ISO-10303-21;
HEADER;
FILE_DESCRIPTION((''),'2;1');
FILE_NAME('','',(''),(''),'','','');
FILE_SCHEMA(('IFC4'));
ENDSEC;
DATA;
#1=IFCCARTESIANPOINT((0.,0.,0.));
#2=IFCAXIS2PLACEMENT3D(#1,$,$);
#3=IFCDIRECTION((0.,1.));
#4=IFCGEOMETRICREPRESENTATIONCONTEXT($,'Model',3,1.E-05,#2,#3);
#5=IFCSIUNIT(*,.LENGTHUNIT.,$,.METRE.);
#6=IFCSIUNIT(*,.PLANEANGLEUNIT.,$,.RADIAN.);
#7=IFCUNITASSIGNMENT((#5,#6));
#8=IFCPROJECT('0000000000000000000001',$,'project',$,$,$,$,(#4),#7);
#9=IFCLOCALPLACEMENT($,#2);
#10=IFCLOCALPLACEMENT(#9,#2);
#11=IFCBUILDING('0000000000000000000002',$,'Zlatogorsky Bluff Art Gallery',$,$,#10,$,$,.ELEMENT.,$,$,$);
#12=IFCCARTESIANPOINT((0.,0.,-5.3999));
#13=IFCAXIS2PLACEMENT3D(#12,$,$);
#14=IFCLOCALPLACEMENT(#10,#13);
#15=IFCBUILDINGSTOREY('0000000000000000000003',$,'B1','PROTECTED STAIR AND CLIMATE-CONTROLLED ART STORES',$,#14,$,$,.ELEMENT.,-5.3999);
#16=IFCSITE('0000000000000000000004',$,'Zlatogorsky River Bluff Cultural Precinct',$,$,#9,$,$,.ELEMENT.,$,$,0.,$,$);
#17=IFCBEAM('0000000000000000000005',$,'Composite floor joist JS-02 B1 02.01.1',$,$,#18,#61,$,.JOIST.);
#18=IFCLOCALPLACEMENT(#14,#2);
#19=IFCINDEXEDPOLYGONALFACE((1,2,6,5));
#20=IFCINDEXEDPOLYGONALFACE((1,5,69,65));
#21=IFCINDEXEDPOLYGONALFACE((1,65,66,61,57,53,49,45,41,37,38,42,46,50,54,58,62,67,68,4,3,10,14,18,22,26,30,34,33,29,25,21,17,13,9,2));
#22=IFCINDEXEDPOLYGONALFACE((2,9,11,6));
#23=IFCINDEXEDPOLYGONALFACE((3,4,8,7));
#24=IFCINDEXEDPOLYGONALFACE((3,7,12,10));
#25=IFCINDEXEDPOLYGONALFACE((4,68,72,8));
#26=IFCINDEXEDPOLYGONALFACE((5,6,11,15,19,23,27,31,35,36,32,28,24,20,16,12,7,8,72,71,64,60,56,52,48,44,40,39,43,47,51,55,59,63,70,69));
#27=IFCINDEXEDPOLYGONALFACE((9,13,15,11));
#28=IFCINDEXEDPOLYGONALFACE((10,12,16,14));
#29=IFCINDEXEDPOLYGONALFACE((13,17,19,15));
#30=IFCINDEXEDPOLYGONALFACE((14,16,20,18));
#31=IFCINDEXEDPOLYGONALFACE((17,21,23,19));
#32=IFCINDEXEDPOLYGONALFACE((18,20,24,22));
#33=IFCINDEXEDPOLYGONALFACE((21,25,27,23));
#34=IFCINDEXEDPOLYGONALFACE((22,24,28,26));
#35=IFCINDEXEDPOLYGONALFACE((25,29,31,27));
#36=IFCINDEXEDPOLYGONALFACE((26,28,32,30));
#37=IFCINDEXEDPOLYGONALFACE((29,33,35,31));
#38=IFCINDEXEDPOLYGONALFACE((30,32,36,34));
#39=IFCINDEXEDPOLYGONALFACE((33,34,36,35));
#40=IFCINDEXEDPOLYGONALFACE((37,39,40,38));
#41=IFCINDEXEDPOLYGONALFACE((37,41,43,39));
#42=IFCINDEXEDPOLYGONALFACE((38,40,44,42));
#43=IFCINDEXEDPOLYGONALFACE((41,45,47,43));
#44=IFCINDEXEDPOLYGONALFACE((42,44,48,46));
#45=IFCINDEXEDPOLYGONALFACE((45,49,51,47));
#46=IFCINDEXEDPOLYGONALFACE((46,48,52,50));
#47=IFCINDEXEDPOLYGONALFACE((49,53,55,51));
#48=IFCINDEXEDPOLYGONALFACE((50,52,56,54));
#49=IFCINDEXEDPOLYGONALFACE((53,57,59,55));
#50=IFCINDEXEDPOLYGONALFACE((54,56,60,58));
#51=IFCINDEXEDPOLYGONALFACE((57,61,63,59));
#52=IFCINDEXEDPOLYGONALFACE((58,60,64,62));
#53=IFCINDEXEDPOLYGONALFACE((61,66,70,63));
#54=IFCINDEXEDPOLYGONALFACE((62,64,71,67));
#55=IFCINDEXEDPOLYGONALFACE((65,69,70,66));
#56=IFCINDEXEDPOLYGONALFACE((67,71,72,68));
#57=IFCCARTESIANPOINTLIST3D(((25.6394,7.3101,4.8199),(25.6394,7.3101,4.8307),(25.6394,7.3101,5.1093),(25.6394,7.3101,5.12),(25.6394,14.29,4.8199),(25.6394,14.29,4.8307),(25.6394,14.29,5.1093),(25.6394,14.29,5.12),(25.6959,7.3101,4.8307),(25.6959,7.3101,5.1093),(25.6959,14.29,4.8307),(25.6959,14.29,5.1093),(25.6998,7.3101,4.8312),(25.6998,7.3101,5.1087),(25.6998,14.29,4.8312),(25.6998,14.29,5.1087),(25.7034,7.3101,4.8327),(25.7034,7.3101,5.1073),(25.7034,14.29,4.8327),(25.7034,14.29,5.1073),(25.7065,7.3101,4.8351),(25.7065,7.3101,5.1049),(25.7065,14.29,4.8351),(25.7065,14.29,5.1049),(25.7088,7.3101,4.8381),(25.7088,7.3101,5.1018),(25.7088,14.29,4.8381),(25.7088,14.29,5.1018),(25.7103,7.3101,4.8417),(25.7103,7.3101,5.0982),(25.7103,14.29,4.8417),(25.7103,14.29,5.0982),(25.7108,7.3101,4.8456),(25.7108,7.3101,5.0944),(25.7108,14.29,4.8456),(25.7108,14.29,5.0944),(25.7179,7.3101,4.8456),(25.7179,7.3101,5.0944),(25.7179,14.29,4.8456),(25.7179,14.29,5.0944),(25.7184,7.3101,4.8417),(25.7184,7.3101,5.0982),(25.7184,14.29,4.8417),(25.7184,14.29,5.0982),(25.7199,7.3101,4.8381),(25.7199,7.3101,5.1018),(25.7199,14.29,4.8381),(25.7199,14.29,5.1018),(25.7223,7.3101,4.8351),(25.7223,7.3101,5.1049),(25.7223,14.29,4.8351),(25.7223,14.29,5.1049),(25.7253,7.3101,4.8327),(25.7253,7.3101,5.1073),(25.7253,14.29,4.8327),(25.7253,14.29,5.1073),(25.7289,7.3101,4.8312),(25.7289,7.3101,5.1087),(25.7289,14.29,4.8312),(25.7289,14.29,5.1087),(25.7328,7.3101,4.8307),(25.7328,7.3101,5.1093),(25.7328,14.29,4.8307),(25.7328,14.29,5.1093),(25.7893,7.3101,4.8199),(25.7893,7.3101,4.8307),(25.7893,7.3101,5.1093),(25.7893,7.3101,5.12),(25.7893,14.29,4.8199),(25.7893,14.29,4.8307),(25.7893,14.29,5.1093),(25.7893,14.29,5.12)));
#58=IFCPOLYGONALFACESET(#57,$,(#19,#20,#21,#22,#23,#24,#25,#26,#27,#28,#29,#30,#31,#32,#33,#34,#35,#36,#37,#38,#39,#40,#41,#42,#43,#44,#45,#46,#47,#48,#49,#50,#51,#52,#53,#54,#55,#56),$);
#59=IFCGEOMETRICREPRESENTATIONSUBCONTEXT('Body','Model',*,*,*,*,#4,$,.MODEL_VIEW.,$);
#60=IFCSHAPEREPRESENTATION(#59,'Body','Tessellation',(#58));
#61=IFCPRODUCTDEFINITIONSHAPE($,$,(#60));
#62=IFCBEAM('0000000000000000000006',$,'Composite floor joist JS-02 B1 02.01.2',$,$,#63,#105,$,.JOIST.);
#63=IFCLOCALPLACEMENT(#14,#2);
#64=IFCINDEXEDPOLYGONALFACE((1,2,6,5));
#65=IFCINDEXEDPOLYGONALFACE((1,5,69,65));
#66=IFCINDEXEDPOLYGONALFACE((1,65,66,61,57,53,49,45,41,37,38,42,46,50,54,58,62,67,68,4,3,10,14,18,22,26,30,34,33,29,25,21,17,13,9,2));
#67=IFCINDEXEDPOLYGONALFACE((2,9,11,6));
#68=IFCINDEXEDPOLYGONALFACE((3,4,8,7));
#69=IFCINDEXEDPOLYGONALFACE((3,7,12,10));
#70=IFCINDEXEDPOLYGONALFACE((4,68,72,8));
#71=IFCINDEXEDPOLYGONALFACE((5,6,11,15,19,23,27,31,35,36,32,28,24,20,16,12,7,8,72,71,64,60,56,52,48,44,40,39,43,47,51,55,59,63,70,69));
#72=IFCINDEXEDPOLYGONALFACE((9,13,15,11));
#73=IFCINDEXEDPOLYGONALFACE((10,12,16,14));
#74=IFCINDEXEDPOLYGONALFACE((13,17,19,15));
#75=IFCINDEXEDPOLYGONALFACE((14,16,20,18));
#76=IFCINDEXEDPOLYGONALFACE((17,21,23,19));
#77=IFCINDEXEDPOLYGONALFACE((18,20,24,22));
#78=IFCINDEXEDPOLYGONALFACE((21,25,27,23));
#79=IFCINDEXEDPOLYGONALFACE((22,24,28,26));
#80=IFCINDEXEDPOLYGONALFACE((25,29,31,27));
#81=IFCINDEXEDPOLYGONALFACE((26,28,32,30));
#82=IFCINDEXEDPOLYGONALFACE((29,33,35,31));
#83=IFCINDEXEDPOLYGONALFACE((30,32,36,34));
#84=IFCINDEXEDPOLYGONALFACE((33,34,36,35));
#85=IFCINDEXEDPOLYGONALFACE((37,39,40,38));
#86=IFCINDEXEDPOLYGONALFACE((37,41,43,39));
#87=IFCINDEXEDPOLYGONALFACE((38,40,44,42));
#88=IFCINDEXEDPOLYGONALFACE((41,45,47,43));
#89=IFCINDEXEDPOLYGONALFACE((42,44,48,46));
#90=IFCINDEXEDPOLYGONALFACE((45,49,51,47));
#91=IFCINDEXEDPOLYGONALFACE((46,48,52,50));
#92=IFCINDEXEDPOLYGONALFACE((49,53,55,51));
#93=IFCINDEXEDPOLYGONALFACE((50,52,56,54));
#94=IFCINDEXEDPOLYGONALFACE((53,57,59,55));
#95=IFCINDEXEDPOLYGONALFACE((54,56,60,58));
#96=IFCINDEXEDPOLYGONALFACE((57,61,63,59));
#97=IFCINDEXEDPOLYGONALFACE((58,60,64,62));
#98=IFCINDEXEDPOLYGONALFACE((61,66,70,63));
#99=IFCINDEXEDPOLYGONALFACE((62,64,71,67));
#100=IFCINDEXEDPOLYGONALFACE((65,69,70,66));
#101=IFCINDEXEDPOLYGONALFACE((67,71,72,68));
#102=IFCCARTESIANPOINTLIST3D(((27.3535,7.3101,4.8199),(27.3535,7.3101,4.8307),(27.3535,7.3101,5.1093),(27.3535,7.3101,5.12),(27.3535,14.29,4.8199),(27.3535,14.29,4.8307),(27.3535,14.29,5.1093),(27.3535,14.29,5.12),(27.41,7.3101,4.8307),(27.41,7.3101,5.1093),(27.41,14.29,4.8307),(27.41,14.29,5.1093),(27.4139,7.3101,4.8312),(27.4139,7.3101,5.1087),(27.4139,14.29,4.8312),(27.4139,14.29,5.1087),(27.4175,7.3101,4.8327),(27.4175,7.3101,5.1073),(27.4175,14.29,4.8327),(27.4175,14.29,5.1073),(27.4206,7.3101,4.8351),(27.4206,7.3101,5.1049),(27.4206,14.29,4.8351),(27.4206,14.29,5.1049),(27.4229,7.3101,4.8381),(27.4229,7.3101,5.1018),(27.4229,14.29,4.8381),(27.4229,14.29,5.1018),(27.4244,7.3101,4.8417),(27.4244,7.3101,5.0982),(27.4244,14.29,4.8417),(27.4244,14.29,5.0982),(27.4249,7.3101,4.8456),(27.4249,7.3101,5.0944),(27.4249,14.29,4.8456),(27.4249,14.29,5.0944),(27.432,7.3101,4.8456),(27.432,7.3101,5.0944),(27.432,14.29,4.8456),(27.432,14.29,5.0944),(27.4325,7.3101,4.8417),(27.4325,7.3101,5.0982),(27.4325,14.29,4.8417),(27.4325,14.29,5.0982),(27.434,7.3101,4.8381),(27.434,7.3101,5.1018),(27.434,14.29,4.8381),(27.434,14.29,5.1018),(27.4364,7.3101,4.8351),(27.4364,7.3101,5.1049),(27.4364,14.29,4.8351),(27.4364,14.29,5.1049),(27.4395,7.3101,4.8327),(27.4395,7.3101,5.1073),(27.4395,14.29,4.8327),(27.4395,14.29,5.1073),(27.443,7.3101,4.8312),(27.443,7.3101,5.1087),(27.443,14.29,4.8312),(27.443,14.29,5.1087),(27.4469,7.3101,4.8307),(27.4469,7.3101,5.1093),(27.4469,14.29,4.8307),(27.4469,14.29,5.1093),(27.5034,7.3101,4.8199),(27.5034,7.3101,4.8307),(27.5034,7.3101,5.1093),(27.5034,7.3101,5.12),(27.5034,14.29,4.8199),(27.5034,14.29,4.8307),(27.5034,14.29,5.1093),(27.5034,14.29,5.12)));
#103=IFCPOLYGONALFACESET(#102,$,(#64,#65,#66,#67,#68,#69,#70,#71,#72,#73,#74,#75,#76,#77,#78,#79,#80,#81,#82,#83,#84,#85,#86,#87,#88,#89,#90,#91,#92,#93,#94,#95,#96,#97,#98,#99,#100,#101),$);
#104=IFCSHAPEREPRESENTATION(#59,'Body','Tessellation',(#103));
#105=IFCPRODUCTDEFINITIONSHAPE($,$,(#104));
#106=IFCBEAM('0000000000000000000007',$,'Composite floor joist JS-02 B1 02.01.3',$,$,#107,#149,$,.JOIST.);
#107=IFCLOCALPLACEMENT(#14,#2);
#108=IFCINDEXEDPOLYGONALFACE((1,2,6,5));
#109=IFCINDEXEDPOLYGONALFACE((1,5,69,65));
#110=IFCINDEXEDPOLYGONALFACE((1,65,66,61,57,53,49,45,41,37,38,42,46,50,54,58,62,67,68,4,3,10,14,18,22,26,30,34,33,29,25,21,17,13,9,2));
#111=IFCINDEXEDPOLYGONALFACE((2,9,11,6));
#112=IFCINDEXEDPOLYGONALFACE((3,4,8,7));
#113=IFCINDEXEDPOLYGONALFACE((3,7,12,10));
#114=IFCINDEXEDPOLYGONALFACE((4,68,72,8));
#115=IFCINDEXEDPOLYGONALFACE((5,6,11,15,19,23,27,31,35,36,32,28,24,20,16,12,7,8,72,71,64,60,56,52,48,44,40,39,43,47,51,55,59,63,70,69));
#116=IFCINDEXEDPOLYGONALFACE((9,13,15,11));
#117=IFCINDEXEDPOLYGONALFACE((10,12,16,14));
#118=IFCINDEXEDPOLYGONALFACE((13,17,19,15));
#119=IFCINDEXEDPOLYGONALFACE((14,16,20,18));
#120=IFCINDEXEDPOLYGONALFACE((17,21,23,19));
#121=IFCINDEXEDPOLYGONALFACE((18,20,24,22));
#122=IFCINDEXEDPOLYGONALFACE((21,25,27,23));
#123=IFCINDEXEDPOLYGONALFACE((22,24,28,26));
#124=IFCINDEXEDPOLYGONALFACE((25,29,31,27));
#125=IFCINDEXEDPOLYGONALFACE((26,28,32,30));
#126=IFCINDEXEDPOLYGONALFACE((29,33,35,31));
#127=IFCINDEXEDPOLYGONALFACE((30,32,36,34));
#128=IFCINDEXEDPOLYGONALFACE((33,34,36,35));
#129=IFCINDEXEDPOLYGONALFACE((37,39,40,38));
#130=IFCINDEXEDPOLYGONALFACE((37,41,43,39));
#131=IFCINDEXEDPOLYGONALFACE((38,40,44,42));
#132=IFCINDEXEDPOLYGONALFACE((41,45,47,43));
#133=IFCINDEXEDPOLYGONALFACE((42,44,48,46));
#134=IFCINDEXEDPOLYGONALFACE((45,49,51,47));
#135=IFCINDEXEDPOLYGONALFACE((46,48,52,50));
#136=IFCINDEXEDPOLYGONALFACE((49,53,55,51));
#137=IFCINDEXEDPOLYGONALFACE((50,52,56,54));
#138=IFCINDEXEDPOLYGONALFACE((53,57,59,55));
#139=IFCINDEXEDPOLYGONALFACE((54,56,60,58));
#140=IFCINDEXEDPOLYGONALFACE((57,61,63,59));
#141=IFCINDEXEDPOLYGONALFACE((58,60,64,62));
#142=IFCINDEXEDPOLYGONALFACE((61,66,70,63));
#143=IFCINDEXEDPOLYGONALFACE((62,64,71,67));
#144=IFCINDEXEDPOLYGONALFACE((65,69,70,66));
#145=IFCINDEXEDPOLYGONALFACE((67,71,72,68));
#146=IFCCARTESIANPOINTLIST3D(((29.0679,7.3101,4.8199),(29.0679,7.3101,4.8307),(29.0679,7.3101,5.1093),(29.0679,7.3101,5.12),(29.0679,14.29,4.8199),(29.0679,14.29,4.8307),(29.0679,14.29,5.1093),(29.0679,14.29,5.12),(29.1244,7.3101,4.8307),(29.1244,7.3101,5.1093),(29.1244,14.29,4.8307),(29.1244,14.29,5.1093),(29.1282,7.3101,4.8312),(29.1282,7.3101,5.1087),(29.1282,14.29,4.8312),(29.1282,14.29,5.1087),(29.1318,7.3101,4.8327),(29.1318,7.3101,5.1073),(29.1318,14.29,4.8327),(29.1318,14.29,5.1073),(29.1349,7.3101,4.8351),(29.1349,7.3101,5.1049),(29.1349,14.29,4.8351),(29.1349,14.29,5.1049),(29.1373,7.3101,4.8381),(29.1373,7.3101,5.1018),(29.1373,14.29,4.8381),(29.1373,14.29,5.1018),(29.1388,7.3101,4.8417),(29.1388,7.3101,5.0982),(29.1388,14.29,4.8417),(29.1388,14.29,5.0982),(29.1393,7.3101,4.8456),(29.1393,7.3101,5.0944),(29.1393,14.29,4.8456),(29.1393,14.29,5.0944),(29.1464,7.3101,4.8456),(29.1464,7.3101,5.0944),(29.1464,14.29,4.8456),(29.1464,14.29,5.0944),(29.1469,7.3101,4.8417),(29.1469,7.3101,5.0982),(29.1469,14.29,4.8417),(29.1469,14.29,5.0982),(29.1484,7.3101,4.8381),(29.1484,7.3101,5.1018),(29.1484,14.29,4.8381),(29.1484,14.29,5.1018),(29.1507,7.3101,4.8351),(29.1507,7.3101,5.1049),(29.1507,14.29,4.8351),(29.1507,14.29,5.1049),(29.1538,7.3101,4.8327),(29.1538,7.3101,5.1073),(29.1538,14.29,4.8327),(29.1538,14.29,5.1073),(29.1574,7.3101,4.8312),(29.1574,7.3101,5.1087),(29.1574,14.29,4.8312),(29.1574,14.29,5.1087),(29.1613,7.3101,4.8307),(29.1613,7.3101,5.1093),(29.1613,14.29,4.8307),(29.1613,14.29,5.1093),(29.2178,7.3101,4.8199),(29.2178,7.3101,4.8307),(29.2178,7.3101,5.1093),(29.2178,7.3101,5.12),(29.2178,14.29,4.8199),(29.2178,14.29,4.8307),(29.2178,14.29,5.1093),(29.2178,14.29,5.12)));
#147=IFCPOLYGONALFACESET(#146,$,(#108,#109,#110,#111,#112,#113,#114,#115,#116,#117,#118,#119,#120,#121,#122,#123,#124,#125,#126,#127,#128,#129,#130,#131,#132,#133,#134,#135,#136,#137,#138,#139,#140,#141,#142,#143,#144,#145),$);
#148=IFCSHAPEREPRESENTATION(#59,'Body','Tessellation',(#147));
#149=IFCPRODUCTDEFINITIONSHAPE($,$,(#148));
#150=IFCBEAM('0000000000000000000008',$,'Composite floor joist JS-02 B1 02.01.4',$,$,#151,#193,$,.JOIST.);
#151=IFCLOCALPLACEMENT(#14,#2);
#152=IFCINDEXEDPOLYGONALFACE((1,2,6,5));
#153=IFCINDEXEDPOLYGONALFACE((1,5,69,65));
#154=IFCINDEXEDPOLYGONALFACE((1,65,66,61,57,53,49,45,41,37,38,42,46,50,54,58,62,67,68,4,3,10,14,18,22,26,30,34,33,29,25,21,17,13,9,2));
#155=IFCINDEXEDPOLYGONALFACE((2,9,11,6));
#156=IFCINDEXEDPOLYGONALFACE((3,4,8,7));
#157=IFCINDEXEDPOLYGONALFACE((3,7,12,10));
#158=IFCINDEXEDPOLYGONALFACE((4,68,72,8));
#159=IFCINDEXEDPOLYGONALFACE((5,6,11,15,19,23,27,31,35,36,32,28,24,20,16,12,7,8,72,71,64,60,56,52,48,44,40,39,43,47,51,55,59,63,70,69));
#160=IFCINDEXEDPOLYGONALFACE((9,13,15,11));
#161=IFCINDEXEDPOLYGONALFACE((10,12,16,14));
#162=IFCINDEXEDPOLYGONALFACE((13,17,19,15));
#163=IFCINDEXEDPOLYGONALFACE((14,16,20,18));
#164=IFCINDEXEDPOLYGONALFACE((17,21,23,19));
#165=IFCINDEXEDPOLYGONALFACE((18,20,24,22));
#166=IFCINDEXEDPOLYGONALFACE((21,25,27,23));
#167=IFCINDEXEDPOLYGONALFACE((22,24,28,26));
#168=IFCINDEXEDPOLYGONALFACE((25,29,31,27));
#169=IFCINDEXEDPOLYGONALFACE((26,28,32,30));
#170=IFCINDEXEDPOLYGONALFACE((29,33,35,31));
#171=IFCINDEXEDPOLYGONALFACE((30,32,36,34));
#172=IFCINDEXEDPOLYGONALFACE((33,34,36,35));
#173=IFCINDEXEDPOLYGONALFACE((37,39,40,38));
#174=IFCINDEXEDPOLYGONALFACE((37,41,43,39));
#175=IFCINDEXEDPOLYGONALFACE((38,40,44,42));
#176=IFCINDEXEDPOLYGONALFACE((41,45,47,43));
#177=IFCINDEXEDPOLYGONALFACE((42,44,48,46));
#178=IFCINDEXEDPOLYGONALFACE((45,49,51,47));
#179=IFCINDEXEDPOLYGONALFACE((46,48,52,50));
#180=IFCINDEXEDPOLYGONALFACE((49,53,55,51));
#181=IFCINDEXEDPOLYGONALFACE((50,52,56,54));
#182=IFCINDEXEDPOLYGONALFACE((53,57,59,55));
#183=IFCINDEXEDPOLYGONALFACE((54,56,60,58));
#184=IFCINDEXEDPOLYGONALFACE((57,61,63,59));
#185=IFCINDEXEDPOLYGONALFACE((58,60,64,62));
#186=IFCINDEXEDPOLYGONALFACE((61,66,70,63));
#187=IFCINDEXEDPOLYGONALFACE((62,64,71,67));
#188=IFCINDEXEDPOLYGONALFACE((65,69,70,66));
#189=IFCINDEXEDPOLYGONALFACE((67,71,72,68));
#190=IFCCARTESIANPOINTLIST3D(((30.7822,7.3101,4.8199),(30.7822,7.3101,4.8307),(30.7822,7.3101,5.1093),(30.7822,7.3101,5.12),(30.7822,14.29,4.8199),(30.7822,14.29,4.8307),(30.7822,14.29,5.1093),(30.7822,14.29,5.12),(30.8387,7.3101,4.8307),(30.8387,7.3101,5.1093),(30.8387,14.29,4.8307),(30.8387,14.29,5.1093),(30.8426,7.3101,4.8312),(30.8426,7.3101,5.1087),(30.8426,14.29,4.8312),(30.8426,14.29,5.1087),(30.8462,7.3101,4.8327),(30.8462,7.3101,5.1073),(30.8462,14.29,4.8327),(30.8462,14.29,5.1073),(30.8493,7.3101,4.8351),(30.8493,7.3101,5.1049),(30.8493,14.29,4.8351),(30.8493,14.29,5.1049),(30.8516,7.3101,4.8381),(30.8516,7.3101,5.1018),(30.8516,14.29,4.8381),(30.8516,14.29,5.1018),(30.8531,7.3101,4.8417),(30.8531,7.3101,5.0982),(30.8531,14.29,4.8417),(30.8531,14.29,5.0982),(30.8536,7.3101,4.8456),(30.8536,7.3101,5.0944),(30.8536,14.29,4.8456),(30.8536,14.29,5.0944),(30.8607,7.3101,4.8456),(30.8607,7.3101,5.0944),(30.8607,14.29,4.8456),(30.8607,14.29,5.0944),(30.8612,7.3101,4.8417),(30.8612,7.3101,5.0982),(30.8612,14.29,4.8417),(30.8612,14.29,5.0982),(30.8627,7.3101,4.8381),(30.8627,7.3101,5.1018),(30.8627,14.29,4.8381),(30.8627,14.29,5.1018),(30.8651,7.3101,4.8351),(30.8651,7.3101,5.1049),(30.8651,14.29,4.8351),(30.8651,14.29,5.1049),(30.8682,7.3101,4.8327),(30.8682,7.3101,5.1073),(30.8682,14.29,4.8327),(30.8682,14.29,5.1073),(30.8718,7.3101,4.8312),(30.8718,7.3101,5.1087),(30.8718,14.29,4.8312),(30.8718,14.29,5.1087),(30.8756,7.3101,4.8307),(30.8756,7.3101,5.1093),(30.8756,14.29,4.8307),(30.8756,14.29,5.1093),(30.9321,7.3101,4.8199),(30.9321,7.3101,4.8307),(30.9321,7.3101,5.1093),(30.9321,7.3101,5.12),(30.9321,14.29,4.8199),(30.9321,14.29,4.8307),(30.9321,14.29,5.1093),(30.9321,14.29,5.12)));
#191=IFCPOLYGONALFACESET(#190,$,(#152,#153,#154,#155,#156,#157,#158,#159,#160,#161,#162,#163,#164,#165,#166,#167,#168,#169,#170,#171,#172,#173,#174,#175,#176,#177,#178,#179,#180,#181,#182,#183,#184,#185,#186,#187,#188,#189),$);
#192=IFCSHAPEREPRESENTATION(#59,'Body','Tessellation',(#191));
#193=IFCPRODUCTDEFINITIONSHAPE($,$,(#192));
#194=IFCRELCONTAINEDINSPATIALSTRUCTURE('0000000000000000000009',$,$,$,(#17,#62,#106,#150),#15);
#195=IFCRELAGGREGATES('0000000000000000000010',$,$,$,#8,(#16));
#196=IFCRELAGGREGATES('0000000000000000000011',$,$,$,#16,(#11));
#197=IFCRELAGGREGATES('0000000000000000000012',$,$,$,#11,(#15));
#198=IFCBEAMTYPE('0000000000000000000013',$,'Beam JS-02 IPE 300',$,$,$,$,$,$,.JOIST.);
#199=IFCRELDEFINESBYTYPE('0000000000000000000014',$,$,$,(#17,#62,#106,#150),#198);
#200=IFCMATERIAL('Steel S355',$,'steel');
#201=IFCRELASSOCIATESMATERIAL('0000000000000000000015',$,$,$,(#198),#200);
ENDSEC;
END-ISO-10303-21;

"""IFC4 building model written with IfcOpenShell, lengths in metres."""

from ifc_helpers import new_model, si_unit, direction, frame, origin, origin_2d, place, context, subcontext, project, spatial, i_section, extrude, material, material_profile, profile_set, type_object, element, save


model = new_model("IFC4")

# Units and contexts
model_context = context("Model", 3, precision=1e-05, world=origin(), true_north=direction((0.0, 1.0)))
body_context = subcontext(model_context, "Body", "Model", "MODEL_VIEW")
ifc_project = project(units=[si_unit("LENGTHUNIT", "METRE"), si_unit("PLANEANGLEUNIT", "RADIAN")], contexts=[model_context])

# Site, building, storey
site_placement = place(None, origin())
site = spatial("IfcSite", under=ifc_project, at=site_placement, Name="Zlatogorsky River Bluff Cultural Precinct", CompositionType="ELEMENT", RefElevation=0.0)
building_placement = place(site_placement, origin())
building = spatial("IfcBuilding", under=site, at=building_placement, Name="Zlatogorsky Bluff Art Gallery", CompositionType="ELEMENT")
storey_placement = place(building_placement, frame((0.0, 0.0, -5.3999)))
storey = spatial("IfcBuildingStorey", under=building, at=storey_placement, Name="B1", Description="PROTECTED STAIR AND CLIMATE-CONTROLLED ART STORES", CompositionType="ELEMENT", Elevation=-5.3999)

# Beams
ifc_material_1 = material(Name="Steel S355", Category="steel")
ifc_material_profile_1 = material_profile(ifc_material_1, i_section(OverallWidth=0.1499, OverallDepth=0.3, WebThickness=0.0071, FlangeThickness=0.0107, FilletRadius=0.0149, at=origin_2d()), Name="IPE 300")
ifc_profile_set_1 = profile_set([ifc_material_profile_1], Name="Steel S355")
beam_type_1 = type_object("IfcBeamType", Name="Beam JS-02 IPE 300", PredefinedType="JOIST", material=ifc_profile_set_1)
for number, where, z_axis, x_axis, name in (
    (1, (25.7144, 7.3101, 4.97), (0.0, 1.0, 0.0), (-1.0, 0.0, 0.0), "Composite floor joist JS-02 B1 02.01.1"),
    (2, (27.4285, 7.3101, 4.97), (0.0, 1.0, 0.0), (-1.0, 0.0, 0.0), "Composite floor joist JS-02 B1 02.01.2"),
    (3, (29.1428, 7.3101, 4.97), (0.0, 1.0, 0.0), (-1.0, 0.0, 0.0), "Composite floor joist JS-02 B1 02.01.3"),
    (4, (30.8572, 7.3101, 4.97), (0.0, 1.0, 0.0), (-1.0, 0.0, 0.0), "Composite floor joist JS-02 B1 02.01.4"),
):
    element("IfcBeam", number, at=place(storey_placement, frame(where, z_axis=z_axis, x_axis=x_axis)), inside=storey, type_object=beam_type_1, Name=name, PredefinedType="JOIST", context=body_context, shape_type="SweptSolid", body=[
        extrude(i_section(OverallWidth=0.1499, OverallDepth=0.3, WebThickness=0.0071, FlangeThickness=0.0107, FilletRadius=0.0149, at=origin_2d()), origin(), (0.0, 0.0, 1.0), 6.98),
    ])

save(model, "model.ifc")
